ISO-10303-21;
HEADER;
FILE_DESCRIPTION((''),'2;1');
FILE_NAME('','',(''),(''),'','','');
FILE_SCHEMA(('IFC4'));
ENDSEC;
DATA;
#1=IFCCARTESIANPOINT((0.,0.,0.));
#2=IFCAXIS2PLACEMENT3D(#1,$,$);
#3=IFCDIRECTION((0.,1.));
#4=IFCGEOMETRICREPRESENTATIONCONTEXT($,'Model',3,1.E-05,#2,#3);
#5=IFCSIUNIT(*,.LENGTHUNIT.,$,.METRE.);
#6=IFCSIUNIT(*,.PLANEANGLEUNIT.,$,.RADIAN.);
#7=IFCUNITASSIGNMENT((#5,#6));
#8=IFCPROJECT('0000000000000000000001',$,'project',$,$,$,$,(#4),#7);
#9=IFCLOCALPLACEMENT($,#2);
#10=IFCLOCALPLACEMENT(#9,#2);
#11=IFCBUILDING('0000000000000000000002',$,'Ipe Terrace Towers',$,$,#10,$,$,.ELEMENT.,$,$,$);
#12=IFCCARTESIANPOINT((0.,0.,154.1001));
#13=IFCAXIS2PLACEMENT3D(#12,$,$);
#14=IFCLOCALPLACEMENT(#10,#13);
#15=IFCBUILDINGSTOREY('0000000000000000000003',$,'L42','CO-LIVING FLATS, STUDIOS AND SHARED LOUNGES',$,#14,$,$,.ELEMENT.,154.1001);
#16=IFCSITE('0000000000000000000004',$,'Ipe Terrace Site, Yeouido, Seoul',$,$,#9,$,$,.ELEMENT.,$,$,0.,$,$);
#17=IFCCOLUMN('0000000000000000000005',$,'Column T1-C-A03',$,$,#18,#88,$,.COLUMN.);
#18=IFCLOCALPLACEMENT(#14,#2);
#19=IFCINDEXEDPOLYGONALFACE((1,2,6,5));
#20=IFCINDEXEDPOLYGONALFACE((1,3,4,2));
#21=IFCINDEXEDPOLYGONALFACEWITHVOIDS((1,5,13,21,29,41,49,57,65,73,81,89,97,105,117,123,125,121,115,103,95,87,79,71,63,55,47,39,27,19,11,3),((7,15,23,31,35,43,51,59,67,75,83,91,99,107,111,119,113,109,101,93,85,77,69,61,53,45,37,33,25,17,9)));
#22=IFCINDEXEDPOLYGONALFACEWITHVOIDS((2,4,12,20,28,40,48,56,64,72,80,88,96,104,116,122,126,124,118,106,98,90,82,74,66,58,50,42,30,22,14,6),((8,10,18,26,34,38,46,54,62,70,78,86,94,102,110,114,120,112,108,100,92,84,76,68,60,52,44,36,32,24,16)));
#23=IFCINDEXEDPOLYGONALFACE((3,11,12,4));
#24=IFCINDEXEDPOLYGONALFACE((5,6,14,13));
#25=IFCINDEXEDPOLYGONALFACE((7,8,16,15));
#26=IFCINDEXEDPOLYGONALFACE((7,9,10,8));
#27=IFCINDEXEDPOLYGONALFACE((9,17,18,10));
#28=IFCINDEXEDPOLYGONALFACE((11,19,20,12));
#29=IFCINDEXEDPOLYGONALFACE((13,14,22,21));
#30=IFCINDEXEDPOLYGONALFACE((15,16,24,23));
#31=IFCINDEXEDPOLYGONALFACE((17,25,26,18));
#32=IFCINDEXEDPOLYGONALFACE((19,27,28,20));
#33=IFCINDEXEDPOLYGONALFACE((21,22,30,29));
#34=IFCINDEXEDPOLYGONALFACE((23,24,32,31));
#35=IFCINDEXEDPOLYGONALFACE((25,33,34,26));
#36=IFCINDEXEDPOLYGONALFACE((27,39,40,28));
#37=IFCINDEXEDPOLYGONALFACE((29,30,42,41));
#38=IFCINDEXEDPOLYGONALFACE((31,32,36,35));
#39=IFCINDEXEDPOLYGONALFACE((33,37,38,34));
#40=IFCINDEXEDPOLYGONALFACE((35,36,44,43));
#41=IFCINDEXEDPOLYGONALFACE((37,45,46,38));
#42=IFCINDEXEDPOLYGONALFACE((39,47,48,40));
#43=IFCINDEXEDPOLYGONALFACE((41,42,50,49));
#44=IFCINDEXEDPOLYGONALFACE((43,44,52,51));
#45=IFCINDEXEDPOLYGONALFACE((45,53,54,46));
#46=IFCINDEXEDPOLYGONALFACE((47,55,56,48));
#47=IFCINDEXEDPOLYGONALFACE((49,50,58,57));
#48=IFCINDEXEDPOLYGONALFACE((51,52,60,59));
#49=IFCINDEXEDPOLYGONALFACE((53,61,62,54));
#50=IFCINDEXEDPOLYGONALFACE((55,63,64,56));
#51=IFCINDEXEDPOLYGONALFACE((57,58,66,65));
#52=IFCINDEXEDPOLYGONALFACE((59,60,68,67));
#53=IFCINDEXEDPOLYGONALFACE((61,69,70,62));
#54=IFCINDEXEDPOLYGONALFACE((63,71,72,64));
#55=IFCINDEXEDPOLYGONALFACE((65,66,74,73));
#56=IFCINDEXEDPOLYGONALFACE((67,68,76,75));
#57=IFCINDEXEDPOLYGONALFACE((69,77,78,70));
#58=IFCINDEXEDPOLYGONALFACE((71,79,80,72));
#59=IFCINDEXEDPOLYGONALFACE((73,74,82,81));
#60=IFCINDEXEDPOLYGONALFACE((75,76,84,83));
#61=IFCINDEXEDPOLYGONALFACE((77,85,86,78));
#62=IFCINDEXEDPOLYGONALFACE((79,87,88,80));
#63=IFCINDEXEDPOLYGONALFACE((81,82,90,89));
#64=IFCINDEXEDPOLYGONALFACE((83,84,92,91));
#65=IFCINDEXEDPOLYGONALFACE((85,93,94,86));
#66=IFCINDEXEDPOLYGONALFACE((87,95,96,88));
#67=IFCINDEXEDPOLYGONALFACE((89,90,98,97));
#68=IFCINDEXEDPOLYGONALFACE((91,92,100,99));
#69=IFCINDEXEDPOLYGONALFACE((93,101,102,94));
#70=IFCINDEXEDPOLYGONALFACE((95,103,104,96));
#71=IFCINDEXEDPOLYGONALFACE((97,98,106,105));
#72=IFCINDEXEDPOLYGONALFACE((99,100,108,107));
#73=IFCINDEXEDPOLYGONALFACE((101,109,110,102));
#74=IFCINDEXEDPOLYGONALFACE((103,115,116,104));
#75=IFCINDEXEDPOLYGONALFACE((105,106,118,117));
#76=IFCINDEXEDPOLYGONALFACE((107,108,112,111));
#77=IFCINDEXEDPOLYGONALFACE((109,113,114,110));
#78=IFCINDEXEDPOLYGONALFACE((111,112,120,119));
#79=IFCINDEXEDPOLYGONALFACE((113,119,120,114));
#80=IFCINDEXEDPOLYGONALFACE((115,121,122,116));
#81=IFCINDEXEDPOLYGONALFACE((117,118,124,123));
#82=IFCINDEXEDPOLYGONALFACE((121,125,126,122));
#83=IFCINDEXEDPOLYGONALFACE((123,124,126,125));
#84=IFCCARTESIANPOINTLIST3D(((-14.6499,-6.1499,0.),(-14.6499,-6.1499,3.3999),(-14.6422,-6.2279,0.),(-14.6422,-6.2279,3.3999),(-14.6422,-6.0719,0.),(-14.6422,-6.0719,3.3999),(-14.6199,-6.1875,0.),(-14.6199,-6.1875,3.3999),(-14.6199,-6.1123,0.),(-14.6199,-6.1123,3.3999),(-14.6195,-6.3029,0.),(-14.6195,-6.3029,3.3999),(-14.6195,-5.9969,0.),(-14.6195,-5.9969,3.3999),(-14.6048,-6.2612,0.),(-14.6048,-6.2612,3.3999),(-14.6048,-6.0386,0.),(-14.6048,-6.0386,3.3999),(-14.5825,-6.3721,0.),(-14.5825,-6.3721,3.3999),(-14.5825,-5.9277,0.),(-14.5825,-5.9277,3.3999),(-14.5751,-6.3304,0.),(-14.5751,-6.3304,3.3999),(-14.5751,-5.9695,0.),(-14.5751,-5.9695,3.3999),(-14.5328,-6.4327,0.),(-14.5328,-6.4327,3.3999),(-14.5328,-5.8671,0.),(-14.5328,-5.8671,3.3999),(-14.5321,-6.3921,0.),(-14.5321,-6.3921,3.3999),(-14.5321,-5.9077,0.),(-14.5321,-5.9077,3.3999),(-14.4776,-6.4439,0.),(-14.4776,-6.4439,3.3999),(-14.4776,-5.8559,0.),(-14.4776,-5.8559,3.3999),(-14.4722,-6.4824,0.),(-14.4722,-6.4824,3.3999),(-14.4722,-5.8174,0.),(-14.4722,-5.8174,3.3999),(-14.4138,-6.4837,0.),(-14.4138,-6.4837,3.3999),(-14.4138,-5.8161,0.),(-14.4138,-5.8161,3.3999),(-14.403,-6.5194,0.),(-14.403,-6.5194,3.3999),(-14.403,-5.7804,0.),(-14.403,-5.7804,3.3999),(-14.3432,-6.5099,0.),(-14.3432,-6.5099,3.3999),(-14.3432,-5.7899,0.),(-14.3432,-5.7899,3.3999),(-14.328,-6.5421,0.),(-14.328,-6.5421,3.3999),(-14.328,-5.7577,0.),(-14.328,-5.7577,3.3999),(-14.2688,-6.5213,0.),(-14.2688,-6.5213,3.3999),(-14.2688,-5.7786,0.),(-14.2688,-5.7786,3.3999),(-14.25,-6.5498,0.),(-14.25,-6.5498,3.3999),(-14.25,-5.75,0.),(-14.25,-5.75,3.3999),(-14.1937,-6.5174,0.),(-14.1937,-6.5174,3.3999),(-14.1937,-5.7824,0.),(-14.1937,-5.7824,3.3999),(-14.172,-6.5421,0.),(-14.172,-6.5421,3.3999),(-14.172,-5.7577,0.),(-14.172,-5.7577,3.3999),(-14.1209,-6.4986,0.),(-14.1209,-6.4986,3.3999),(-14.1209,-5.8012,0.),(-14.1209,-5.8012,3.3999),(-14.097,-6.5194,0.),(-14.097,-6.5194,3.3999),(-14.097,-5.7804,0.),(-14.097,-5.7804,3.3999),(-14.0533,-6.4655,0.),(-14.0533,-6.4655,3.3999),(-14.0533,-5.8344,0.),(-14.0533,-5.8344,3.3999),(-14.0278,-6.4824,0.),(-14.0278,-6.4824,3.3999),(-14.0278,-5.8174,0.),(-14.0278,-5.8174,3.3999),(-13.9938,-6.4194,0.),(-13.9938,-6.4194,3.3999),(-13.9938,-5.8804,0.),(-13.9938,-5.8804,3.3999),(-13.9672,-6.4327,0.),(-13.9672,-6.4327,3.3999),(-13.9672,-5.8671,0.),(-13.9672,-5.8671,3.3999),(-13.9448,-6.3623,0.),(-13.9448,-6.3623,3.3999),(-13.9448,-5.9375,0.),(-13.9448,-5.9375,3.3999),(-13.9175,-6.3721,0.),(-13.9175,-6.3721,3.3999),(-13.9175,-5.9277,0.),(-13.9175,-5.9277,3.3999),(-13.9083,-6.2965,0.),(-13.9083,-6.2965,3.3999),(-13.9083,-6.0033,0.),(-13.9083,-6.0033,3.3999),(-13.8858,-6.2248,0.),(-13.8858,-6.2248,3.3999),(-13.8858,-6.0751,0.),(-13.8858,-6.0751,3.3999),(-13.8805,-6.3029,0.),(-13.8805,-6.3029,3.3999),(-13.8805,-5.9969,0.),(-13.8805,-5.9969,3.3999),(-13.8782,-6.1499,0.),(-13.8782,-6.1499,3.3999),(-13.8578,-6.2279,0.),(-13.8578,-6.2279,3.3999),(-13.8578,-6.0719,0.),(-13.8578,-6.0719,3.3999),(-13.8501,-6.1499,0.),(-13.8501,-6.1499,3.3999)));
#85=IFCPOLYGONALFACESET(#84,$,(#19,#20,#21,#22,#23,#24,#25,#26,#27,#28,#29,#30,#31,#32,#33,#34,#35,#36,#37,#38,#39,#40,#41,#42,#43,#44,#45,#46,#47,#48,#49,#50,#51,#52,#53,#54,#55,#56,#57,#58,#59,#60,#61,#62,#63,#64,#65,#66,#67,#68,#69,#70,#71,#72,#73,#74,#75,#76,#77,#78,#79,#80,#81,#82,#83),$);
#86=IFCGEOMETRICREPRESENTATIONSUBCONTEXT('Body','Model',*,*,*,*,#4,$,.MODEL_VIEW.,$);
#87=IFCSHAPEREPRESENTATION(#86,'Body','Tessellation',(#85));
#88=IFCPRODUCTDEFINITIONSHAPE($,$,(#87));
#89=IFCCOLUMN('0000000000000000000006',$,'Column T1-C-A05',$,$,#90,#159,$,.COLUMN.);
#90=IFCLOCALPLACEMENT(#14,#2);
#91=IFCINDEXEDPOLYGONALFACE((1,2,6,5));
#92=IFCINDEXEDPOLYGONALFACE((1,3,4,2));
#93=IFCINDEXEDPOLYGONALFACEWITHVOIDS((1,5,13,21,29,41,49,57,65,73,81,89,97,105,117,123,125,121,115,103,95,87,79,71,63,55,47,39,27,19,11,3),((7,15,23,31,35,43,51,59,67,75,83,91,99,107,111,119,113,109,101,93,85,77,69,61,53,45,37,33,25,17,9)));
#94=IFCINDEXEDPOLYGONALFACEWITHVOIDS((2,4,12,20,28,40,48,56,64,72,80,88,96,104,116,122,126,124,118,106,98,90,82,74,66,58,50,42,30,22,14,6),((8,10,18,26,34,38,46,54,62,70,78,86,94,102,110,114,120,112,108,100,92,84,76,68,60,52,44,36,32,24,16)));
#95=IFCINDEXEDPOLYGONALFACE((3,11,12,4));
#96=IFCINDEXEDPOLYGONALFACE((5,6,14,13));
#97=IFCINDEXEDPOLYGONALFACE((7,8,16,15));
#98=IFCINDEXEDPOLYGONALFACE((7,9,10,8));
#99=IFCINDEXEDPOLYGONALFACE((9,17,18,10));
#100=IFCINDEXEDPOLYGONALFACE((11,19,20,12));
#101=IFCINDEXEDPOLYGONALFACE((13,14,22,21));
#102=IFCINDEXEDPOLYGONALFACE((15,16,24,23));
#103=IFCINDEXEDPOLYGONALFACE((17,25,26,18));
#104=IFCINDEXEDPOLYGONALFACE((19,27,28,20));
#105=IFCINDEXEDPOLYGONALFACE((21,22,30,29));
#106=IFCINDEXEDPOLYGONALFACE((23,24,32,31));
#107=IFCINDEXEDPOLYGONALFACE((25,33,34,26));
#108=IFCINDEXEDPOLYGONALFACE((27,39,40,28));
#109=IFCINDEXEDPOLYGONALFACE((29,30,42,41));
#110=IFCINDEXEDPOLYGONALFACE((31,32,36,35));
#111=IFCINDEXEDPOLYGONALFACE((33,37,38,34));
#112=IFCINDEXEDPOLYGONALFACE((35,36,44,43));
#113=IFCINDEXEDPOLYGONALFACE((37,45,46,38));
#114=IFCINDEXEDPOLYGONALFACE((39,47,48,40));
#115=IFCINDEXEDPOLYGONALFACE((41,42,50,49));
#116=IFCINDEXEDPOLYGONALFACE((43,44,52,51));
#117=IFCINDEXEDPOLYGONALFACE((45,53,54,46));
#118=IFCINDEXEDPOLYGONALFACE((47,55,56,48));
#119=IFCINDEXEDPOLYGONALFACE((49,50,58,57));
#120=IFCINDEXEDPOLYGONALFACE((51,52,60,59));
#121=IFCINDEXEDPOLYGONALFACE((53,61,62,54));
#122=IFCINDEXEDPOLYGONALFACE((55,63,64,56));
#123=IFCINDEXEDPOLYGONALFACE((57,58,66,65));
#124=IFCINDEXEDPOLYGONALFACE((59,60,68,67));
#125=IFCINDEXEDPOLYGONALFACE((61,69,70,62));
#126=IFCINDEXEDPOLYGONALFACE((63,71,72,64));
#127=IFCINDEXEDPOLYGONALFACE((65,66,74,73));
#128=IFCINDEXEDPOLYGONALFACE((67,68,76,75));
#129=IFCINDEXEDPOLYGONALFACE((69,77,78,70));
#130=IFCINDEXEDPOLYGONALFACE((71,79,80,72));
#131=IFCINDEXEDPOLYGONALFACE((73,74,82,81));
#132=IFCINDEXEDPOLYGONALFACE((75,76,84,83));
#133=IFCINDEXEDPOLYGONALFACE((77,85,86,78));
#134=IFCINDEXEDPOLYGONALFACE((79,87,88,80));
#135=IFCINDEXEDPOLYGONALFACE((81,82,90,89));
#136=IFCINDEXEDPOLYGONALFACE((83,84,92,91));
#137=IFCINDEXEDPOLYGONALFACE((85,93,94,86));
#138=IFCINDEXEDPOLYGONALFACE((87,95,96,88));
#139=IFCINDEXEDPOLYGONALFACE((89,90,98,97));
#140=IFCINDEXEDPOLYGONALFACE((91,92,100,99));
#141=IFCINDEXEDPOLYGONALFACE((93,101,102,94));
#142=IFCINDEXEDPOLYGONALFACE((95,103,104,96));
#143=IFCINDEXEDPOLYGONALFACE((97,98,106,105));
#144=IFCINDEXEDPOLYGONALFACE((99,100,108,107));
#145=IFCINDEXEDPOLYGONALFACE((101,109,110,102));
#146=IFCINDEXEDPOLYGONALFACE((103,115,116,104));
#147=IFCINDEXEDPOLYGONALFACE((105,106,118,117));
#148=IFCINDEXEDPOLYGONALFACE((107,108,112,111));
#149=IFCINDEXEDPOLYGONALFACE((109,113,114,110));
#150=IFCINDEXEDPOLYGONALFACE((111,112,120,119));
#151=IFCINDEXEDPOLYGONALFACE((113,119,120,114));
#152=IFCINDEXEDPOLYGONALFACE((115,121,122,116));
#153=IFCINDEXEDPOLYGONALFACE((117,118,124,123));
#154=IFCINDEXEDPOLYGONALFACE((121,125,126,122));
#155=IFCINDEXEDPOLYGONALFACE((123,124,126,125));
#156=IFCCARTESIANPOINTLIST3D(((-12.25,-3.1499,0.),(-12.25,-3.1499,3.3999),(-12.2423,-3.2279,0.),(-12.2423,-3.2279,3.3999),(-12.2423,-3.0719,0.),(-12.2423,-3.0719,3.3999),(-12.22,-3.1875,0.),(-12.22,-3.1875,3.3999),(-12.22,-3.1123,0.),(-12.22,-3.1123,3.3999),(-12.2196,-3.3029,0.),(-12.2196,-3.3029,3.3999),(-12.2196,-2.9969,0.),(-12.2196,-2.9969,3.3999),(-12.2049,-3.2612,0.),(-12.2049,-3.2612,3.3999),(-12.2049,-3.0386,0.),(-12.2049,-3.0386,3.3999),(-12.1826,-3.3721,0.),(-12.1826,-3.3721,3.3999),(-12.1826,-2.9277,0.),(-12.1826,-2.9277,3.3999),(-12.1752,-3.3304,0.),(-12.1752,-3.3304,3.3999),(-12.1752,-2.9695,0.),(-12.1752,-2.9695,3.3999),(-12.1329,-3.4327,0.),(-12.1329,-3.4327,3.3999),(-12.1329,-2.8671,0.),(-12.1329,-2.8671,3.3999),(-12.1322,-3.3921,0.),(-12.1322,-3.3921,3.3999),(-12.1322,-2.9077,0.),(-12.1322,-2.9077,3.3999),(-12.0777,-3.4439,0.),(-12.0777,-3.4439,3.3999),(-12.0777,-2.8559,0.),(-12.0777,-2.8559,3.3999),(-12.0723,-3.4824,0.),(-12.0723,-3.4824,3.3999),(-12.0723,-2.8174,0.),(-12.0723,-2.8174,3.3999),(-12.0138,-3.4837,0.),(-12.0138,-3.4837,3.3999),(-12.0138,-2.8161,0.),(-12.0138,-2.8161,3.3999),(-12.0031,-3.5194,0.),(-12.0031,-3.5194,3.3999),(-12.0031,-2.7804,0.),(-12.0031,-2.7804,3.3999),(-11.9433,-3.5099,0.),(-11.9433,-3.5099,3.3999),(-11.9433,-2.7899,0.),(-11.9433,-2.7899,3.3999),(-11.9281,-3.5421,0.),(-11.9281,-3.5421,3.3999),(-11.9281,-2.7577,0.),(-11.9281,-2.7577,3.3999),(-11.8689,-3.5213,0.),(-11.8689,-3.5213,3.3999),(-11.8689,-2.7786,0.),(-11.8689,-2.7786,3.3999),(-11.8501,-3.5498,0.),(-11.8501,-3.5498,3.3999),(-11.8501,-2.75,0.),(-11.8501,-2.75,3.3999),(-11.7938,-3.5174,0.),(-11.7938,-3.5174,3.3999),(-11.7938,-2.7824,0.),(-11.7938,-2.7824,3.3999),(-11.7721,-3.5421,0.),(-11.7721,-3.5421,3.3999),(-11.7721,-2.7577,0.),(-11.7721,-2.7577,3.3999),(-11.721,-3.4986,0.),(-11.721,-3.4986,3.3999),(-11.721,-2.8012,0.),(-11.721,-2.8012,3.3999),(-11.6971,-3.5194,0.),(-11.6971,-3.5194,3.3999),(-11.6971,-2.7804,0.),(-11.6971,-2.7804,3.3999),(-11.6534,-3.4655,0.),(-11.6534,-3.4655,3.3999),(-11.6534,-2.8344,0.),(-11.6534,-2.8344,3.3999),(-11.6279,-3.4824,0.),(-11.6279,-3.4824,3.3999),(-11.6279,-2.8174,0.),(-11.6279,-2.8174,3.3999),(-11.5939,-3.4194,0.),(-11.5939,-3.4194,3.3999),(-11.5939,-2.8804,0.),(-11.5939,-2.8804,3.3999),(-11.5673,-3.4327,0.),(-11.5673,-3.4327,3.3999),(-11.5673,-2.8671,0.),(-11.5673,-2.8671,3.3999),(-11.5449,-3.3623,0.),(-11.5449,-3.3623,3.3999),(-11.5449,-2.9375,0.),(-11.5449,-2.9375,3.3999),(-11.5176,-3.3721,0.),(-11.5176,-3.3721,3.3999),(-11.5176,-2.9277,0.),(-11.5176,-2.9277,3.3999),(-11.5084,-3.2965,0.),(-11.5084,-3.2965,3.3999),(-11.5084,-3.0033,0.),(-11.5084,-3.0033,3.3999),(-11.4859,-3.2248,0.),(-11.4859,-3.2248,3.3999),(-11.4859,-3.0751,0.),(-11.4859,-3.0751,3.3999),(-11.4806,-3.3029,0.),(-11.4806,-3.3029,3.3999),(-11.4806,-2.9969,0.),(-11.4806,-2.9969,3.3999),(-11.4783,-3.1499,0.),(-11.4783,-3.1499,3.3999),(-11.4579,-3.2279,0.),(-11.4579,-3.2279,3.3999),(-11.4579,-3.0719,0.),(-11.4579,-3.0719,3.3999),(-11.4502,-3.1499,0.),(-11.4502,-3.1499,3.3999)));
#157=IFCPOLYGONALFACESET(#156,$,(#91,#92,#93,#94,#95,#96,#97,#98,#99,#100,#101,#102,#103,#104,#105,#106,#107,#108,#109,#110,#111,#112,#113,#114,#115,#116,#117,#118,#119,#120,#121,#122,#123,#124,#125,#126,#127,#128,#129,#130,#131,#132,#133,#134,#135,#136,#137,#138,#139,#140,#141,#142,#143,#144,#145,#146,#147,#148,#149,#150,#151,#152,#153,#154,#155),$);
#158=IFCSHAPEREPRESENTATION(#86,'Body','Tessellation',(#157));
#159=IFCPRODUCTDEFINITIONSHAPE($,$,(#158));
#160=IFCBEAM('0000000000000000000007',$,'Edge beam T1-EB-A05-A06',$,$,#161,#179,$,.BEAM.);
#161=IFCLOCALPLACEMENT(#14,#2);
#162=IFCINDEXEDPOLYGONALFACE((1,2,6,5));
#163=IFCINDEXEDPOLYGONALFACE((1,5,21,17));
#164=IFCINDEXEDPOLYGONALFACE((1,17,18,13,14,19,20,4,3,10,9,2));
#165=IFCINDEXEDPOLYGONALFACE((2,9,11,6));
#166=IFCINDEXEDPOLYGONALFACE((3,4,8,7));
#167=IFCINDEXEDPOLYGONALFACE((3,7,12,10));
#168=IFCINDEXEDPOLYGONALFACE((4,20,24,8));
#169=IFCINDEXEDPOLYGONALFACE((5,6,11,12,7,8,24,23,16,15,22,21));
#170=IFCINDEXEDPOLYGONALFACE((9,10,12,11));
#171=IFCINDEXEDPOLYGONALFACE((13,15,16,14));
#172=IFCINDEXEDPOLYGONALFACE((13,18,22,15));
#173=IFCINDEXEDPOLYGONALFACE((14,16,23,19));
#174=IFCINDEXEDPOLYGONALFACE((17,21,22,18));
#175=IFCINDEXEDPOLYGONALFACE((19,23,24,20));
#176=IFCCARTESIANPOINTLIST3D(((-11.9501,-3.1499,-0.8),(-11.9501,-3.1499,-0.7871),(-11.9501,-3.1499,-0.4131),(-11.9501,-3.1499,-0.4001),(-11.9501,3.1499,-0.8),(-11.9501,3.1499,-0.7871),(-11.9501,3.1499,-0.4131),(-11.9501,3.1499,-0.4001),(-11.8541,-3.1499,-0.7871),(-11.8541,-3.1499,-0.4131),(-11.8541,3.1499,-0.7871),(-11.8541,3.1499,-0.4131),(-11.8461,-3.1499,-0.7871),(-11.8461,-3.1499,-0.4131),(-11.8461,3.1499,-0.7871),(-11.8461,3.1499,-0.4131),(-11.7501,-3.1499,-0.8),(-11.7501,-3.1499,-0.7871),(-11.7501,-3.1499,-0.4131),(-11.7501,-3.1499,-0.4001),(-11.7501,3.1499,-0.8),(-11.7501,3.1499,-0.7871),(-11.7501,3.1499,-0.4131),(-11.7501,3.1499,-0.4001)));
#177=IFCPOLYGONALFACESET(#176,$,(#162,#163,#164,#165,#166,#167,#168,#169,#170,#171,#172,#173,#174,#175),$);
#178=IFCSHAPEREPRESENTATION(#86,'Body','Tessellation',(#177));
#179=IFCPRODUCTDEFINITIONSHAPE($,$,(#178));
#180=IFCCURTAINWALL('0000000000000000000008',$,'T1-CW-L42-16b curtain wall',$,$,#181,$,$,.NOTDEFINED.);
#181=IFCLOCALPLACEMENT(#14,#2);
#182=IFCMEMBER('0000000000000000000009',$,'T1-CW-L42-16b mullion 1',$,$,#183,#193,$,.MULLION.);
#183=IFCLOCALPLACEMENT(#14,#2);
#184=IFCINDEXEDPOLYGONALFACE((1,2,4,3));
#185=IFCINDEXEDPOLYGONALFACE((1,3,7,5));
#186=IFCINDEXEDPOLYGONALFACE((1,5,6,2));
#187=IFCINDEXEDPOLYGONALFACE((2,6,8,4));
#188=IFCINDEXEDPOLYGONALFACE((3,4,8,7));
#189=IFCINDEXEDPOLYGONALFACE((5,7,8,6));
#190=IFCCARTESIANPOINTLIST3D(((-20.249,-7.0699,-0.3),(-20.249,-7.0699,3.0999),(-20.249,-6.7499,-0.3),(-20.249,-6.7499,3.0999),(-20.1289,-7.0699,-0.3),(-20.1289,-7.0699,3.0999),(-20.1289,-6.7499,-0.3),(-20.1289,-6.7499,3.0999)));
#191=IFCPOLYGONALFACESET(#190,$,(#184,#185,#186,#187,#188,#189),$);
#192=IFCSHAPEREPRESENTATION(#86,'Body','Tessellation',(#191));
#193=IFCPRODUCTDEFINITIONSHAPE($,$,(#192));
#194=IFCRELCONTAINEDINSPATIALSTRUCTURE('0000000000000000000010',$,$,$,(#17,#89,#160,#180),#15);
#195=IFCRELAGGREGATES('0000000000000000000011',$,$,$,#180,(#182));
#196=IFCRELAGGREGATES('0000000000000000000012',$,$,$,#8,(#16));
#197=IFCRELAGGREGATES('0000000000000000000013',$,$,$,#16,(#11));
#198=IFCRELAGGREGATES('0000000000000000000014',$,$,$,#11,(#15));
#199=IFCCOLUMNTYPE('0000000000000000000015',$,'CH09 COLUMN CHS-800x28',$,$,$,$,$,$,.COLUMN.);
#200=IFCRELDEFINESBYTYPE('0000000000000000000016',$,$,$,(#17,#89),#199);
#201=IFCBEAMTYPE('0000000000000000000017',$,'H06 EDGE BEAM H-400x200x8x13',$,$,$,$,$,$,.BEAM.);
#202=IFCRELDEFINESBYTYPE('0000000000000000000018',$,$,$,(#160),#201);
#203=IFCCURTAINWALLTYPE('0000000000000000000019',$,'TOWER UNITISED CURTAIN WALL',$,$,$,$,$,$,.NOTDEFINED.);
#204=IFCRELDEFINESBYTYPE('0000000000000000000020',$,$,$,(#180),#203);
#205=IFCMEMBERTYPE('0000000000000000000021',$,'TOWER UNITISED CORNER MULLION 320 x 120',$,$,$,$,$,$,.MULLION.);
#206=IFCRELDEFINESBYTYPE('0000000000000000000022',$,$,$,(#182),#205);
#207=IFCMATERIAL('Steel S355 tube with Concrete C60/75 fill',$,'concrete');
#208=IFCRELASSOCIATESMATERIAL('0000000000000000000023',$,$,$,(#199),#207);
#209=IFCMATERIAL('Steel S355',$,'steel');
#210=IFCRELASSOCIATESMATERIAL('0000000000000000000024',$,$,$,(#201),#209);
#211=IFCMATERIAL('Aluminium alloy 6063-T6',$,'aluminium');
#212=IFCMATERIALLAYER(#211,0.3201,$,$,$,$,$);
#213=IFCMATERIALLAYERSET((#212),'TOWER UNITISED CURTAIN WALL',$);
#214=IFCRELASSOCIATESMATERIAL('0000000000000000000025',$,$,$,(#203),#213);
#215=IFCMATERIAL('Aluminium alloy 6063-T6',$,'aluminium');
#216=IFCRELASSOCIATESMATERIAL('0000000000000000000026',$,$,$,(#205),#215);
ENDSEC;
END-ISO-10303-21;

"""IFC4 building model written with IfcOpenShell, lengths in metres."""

from ifc_helpers import new_model, si_unit, direction, frame, origin, origin_2d, place, context, subcontext, project, spatial, rectangle, hollow_circle, i_section, extrude, material, layer, layer_set, material_profile, profile_set, type_object, element, aggregate, save


model = new_model("IFC4")

# Units and contexts
model_context = context("Model", 3, precision=1e-05, world=origin(), true_north=direction((0.0, 1.0)))
body_context = subcontext(model_context, "Body", "Model", "MODEL_VIEW")
ifc_project = project(units=[si_unit("LENGTHUNIT", "METRE"), si_unit("PLANEANGLEUNIT", "RADIAN")], contexts=[model_context])

# Site, building, storey
site_placement = place(None, origin())
site = spatial("IfcSite", under=ifc_project, at=site_placement, Name="Ipe Terrace Site, Yeouido, Seoul", CompositionType="ELEMENT", RefElevation=0.0)
building_placement = place(site_placement, origin())
building = spatial("IfcBuilding", under=site, at=building_placement, Name="Ipe Terrace Towers", CompositionType="ELEMENT")
storey_placement = place(building_placement, frame((0.0, 0.0, 154.1001)))
storey = spatial("IfcBuildingStorey", under=building, at=storey_placement, Name="L42", Description="CO-LIVING FLATS, STUDIOS AND SHARED LOUNGES", CompositionType="ELEMENT", Elevation=154.1001)

# Columns
ifc_material_1 = material(Name="Steel S355 tube with Concrete C60/75 fill", Category="concrete")
ifc_material_profile_1 = material_profile(ifc_material_1, hollow_circle(Radius=0.3999, WallThickness=0.0281, at=origin_2d()), Name="CHS-800x28")
ifc_profile_set_1 = profile_set([ifc_material_profile_1], Name="Steel S355 tube with Concrete C60/75 fill")
column_type = type_object("IfcColumnType", Name="CH09 COLUMN CHS-800x28", PredefinedType="COLUMN", material=ifc_profile_set_1)
for number, where, z_axis, x_axis, name in (
    (1, (-14.25, -6.1499, 0.0), (0.0, 0.0, 1.0), (1.0, 0.0, 0.0), "Column T1-C-A03"),
    (2, (-11.8501, -3.1499, 0.0), (0.0, 0.0, 1.0), (1.0, 0.0, 0.0), "Column T1-C-A05"),
):
    element("IfcColumn", number, at=place(storey_placement, frame(where, z_axis=z_axis, x_axis=x_axis)), inside=storey, type_object=column_type, Name=name, PredefinedType="COLUMN", context=body_context, shape_type="SweptSolid", body=[
        extrude(hollow_circle(Radius=0.3999, WallThickness=0.0281, at=origin_2d()), origin(), (0.0, 0.0, 1.0), 3.3999),
    ])

# Beam
ifc_material_2 = material(Name="Steel S355", Category="steel")
ifc_material_profile_2 = material_profile(ifc_material_2, i_section(OverallWidth=0.2, OverallDepth=0.3999, WebThickness=0.0081, FlangeThickness=0.0129, at=origin_2d()), Name="H-400x200x8x13")
ifc_profile_set_2 = profile_set([ifc_material_profile_2], Name="Steel S355")
beam_type = type_object("IfcBeamType", Name="H06 EDGE BEAM H-400x200x8x13", PredefinedType="BEAM", material=ifc_profile_set_2)
beam_placement = place(storey_placement, frame((-11.8501, -3.1499, -0.6001), z_axis=(0.0, 1.0, 0.0), x_axis=(-1.0, 0.0, 0.0)))
element("IfcBeam", 3, at=beam_placement, inside=storey, type_object=beam_type, Name="Edge beam T1-EB-A05-A06", PredefinedType="BEAM", context=body_context, shape_type="SweptSolid", body=[
    extrude(i_section(OverallWidth=0.2, OverallDepth=0.3999, WebThickness=0.0081, FlangeThickness=0.0129, at=origin_2d()), origin(), (0.0, 0.0, 1.0), 6.2998),
])

# Curtain wall, member
ifc_material_3 = material(Name="Aluminium alloy 6063-T6", Category="aluminium")
ifc_layer_1 = layer(ifc_material_3, 0.3201)
ifc_layer_set_1 = layer_set([ifc_layer_1], Name="TOWER UNITISED CURTAIN WALL")
curtain_wall_type = type_object("IfcCurtainWallType", Name="TOWER UNITISED CURTAIN WALL", PredefinedType="NOTDEFINED", material=ifc_layer_set_1)
curtain_wall_1_placement = place(storey_placement, origin())
curtain_wall_1 = element("IfcCurtainWall", 4, at=curtain_wall_1_placement, inside=storey, type_object=curtain_wall_type, Name="T1-CW-L42-16b curtain wall", PredefinedType="NOTDEFINED")
ifc_material_4 = material(Name="Aluminium alloy 6063-T6", Category="aluminium")
ifc_material_profile_3 = material_profile(ifc_material_4, rectangle(XDim=0.3201, YDim=0.1201, at=origin_2d()), Name="TOWER UNITISED CORNER MULLION 320 x 120")
ifc_profile_set_3 = profile_set([ifc_material_profile_3], Name="Aluminium alloy 6063-T6")
member_type_1 = type_object("IfcMemberType", Name="TOWER UNITISED CORNER MULLION 320 x 120", PredefinedType="MULLION", material=ifc_profile_set_3)
member_1_placement = place(storey_placement, frame((-20.189, -6.9099, -0.3), z_axis=(0.0, 0.0, 1.0), x_axis=(0.0, -1.0, 0.0)))
member_1 = element("IfcMember", 5, at=member_1_placement, type_object=member_type_1, Name="T1-CW-L42-16b mullion 1", PredefinedType="MULLION", context=body_context, shape_type="SweptSolid", body=[
    extrude(rectangle(XDim=0.3201, YDim=0.1201, at=origin_2d()), origin(), (0.0, 0.0, 1.0), 3.3999),
])

aggregate(curtain_wall_1, [member_1])

save(model, "model.ifc")
